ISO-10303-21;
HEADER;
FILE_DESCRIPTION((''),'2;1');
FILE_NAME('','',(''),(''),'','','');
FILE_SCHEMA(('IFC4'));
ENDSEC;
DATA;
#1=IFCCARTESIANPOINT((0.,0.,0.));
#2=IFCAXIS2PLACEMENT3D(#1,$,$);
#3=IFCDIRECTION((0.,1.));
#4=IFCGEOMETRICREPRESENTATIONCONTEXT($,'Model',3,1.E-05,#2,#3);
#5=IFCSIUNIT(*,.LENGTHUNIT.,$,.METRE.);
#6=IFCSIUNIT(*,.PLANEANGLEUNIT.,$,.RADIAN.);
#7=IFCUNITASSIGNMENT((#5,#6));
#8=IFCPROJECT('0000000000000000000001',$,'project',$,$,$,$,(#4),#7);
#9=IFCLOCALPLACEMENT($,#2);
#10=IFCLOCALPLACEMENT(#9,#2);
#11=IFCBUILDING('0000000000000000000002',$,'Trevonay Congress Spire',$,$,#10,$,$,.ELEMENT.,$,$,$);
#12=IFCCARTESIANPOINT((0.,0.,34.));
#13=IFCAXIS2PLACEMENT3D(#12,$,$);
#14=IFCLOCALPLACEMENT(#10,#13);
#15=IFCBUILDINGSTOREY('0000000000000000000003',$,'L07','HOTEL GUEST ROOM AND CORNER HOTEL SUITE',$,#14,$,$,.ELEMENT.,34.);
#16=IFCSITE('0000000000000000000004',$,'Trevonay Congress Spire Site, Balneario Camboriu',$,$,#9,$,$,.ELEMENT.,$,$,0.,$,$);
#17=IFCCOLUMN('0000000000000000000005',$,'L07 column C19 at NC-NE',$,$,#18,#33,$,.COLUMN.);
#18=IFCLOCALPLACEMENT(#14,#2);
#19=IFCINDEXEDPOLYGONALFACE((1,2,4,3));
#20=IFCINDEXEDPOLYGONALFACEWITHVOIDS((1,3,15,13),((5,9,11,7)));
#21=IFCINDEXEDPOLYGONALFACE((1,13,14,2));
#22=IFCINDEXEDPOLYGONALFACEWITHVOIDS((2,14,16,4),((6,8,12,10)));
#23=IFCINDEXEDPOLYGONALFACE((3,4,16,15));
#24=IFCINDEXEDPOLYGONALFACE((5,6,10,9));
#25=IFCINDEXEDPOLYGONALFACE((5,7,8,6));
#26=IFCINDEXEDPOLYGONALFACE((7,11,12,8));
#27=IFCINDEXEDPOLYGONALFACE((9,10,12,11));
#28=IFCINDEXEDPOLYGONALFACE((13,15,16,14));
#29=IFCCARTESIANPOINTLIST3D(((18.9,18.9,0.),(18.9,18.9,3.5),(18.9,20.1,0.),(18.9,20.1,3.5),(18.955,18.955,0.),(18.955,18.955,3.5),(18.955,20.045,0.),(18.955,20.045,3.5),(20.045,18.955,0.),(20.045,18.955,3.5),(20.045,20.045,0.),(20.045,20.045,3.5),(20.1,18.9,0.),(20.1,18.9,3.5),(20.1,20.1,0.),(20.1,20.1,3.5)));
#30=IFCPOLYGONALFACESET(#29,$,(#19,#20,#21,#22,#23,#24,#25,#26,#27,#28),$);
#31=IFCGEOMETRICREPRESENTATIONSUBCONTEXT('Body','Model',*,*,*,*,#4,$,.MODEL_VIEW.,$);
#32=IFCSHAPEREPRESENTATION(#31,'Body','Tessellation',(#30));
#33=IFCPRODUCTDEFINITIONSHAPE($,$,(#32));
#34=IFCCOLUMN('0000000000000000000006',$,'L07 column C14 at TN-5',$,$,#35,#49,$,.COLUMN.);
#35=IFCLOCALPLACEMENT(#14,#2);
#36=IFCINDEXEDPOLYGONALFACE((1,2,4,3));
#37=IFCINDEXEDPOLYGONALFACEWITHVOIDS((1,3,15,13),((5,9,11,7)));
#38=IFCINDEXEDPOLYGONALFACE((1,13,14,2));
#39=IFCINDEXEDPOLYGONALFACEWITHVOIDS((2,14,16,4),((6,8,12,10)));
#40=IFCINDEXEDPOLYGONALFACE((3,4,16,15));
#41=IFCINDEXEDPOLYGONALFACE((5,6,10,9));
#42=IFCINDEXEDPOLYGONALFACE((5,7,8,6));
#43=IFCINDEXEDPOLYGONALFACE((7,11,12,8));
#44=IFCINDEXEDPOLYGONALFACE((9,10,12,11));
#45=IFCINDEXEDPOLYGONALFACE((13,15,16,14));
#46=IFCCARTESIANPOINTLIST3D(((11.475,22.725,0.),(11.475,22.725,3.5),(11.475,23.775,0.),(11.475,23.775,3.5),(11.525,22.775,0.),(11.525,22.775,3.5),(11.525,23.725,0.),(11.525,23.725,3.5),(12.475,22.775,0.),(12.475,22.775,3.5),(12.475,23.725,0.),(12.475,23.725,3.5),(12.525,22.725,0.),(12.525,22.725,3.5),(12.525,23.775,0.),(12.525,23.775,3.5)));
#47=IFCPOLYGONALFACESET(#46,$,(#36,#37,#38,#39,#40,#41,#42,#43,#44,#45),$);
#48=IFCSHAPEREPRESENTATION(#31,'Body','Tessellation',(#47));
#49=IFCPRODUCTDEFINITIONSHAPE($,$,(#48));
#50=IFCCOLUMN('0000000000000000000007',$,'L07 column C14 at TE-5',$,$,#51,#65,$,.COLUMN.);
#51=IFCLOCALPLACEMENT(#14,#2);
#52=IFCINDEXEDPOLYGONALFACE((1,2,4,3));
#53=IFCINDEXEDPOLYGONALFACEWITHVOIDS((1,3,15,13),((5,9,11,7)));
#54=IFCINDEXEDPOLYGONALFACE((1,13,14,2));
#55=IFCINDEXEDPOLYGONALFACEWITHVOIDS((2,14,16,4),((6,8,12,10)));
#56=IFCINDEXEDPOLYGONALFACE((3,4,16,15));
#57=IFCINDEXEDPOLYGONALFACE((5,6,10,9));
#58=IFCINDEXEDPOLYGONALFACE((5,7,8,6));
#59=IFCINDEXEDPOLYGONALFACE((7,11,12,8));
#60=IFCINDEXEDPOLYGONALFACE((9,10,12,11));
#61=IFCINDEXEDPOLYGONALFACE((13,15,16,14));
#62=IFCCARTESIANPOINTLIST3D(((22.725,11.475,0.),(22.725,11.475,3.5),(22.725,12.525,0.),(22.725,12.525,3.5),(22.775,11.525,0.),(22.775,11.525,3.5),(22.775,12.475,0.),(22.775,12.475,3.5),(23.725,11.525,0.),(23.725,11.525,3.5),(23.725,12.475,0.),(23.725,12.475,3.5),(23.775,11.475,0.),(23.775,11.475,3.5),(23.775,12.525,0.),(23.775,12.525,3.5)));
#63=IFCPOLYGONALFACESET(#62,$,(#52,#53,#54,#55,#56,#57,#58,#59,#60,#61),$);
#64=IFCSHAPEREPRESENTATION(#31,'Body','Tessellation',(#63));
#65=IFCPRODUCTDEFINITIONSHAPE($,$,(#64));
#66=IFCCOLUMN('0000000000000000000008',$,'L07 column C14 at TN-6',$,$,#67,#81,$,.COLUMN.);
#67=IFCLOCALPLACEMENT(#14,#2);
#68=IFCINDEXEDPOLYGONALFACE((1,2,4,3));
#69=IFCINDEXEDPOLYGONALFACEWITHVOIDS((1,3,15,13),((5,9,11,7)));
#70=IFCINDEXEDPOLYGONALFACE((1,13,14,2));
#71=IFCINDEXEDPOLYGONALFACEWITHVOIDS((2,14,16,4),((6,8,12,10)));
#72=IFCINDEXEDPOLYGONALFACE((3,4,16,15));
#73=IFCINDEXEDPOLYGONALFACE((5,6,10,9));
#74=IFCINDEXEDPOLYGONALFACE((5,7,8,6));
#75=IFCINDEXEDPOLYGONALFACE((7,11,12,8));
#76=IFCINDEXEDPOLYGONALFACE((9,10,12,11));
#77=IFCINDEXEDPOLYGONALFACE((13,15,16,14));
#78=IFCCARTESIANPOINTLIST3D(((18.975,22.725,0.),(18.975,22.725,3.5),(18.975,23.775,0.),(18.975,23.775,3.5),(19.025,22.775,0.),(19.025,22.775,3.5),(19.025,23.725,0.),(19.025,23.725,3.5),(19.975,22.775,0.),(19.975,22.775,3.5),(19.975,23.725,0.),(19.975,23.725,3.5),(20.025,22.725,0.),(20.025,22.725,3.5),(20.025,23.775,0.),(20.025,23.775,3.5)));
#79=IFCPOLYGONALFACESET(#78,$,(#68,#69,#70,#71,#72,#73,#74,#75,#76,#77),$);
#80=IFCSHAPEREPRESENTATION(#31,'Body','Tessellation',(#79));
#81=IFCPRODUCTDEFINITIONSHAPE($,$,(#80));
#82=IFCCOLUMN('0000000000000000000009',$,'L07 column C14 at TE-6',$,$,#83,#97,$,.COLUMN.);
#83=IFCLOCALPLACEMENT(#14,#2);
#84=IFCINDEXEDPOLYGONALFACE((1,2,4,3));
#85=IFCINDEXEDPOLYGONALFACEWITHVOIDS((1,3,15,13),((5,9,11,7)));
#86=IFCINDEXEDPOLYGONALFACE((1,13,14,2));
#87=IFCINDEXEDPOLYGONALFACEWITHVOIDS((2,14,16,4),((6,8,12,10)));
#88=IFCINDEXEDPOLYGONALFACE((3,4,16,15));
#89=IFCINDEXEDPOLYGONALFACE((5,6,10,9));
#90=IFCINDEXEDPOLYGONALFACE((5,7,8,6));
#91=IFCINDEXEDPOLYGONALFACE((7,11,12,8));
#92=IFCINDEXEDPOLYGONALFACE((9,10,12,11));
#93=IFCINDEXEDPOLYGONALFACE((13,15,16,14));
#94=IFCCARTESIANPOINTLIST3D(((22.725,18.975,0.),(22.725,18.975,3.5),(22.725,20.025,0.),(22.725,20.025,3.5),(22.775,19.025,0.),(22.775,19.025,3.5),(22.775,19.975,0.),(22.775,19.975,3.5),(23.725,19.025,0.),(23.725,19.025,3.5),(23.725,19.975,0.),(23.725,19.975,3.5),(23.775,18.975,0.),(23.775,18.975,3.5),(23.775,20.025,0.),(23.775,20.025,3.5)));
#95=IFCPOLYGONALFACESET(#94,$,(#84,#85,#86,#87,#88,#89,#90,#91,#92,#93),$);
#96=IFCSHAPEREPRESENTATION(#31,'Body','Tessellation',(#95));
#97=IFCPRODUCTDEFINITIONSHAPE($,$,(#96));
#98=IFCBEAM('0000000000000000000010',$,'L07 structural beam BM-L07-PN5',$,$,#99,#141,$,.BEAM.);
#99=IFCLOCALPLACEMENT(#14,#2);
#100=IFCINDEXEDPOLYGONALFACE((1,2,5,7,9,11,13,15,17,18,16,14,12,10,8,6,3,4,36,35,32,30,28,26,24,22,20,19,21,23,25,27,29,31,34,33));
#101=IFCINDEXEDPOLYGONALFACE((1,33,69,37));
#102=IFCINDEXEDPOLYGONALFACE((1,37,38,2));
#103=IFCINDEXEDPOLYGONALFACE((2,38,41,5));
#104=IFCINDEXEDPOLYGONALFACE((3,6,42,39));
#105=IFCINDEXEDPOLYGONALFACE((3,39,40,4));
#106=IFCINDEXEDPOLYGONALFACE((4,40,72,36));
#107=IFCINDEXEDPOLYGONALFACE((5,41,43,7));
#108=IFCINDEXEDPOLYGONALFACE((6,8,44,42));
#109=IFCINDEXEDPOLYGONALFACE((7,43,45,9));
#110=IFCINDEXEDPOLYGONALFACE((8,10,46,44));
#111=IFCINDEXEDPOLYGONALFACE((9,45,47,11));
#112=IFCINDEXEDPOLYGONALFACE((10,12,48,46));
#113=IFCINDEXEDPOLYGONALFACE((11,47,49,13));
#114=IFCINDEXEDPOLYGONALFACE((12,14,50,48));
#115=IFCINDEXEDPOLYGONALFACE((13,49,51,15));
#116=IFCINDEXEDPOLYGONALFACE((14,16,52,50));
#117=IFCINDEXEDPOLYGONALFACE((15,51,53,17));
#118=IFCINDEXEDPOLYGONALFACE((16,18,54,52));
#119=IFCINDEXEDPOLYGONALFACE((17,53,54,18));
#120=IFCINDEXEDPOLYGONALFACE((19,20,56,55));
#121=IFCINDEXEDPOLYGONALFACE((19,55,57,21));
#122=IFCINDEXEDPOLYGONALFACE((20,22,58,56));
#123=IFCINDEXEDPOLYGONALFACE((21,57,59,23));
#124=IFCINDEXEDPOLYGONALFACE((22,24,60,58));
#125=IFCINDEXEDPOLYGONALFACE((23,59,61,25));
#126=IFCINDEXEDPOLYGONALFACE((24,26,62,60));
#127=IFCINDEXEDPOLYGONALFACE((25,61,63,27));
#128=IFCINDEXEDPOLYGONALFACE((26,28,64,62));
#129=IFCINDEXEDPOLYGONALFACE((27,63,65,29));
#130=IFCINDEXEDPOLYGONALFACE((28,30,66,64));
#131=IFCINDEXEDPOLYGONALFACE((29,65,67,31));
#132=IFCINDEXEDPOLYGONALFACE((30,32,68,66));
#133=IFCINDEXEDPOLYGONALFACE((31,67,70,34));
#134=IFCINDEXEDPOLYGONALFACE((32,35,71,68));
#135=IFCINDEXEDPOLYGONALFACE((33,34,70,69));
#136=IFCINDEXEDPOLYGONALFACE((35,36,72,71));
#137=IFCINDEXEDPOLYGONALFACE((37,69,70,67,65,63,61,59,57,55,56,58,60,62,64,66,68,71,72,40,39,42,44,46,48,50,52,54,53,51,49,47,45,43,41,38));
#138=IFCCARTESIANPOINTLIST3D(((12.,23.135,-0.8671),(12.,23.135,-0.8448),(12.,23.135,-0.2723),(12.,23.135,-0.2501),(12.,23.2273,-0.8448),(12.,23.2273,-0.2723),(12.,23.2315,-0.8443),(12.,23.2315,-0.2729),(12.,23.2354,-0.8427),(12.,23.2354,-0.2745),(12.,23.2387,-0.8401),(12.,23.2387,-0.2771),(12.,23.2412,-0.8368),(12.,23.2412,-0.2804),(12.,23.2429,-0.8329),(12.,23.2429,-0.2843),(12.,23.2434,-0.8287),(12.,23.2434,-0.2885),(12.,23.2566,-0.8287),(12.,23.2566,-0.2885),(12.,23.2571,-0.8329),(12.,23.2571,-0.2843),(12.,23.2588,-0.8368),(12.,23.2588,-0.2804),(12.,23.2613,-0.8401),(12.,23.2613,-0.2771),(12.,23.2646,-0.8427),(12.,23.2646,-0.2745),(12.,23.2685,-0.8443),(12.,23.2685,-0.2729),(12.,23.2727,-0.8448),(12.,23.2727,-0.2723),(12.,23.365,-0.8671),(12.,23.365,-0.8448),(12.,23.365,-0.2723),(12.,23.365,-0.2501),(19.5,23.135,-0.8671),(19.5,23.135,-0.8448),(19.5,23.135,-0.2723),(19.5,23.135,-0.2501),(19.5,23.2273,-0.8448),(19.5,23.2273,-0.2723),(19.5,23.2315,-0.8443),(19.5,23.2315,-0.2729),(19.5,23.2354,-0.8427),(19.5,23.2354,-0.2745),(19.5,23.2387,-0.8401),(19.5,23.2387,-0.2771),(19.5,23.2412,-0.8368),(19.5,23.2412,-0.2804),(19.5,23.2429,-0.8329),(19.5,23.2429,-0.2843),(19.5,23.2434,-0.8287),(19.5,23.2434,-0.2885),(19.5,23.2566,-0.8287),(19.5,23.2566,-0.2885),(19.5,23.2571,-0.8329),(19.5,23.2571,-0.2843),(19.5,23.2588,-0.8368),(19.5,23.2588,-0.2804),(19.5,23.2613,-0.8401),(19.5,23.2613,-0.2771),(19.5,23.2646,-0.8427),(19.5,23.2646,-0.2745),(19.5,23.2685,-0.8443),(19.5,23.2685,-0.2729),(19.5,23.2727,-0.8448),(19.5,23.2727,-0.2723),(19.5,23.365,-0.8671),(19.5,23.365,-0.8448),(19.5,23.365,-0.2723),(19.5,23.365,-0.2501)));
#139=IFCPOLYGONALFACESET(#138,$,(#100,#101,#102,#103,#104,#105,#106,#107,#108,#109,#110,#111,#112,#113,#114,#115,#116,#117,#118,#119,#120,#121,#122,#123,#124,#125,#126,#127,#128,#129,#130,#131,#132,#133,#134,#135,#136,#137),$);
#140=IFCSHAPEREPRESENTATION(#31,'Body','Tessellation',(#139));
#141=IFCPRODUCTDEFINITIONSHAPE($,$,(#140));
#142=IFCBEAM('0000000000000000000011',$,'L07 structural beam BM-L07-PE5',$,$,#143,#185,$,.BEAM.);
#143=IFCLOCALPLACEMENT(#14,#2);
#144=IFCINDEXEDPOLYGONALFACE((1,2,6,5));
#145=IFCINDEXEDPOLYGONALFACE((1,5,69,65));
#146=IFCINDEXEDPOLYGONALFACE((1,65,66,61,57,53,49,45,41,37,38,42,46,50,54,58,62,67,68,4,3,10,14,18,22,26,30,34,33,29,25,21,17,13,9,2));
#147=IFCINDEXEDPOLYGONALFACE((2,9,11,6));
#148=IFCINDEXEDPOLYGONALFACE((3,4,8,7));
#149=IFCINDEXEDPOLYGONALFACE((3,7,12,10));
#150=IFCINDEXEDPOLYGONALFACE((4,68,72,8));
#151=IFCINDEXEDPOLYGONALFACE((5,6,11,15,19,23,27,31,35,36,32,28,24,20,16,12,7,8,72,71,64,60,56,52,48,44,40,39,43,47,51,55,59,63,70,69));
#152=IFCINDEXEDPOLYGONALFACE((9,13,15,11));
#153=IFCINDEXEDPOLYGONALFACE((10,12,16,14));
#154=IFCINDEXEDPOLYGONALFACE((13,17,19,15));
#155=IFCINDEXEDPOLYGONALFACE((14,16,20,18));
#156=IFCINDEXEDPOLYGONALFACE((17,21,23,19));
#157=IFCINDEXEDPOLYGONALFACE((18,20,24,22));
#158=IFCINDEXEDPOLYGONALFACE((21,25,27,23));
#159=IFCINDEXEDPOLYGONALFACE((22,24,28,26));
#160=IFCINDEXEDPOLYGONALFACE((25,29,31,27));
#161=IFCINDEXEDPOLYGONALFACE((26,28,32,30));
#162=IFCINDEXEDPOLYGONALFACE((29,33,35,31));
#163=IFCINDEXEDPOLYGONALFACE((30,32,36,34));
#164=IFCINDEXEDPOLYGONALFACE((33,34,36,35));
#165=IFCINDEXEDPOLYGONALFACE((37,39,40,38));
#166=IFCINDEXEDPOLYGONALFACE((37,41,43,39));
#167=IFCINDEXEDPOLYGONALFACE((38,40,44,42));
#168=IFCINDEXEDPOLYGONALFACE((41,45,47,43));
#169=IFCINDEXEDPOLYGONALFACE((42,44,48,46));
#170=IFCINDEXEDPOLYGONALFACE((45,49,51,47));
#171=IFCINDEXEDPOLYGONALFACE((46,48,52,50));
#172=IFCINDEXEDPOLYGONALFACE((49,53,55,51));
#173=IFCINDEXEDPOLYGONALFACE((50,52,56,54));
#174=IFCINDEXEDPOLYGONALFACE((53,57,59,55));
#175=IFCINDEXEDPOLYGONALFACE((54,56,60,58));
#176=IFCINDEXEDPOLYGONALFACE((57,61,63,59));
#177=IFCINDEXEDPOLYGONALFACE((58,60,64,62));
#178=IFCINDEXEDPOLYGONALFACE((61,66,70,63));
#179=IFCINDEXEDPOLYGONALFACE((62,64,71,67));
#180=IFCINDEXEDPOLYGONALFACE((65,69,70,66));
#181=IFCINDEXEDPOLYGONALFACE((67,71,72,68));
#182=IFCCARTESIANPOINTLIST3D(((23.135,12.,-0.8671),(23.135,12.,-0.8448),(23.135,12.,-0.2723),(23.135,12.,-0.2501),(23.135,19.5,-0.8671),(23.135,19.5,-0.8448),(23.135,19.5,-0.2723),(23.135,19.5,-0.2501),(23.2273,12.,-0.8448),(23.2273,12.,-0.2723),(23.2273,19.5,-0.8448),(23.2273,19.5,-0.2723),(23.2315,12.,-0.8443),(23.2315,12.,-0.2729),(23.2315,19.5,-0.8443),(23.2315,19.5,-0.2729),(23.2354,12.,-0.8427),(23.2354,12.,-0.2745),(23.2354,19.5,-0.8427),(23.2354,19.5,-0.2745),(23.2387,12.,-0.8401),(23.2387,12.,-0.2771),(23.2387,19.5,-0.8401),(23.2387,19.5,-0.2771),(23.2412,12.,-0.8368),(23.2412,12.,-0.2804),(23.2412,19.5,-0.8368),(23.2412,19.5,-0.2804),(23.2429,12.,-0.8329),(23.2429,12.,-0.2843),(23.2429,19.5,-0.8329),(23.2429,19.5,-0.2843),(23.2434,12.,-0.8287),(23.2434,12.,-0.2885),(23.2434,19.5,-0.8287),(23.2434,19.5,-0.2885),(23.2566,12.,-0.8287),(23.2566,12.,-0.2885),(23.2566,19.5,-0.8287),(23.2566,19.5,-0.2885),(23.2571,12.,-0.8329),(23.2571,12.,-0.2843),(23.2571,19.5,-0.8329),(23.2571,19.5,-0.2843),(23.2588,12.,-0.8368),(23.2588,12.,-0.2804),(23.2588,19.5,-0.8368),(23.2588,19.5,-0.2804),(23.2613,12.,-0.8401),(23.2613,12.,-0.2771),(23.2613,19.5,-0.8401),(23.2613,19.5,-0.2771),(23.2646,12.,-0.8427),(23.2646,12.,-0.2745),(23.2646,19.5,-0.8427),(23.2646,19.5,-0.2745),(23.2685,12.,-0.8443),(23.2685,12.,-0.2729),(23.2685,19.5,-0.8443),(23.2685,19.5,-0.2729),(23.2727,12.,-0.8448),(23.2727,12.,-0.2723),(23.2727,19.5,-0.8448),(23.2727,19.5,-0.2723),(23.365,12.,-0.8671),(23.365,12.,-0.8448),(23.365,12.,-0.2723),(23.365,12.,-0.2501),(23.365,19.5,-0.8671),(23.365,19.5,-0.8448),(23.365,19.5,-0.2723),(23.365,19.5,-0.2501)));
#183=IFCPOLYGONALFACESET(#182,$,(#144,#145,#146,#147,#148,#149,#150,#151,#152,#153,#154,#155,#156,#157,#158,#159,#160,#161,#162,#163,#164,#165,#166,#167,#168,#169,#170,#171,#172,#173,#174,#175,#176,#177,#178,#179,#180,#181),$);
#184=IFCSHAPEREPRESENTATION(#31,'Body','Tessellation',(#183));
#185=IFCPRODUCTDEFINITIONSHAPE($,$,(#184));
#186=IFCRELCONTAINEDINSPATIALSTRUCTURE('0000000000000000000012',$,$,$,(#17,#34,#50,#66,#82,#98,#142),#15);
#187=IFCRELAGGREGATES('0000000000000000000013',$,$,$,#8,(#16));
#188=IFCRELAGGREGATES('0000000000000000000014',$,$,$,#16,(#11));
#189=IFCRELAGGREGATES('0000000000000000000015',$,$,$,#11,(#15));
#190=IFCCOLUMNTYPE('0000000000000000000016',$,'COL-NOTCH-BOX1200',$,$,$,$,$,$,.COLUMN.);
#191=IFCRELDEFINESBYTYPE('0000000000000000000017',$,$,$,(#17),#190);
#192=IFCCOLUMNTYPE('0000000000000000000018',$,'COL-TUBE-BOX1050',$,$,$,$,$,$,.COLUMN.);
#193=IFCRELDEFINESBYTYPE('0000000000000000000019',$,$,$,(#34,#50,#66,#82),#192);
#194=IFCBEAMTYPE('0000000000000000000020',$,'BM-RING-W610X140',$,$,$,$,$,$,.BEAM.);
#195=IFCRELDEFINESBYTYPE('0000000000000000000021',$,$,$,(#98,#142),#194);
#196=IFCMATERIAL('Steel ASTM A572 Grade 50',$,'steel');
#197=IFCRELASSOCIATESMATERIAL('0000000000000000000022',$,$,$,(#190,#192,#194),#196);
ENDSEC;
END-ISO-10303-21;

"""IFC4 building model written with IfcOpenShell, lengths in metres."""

from ifc_helpers import new_model, si_unit, direction, frame, origin, origin_2d, place, context, subcontext, project, spatial, hollow_rectangle, i_section, extrude, material, material_profile, profile_set, type_object, element, save


model = new_model("IFC4")

# Units and contexts
model_context = context("Model", 3, precision=1e-05, world=origin(), true_north=direction((0.0, 1.0)))
body_context = subcontext(model_context, "Body", "Model", "MODEL_VIEW")
ifc_project = project(units=[si_unit("LENGTHUNIT", "METRE"), si_unit("PLANEANGLEUNIT", "RADIAN")], contexts=[model_context])

# Site, building, storey
site_placement = place(None, origin())
site = spatial("IfcSite", under=ifc_project, at=site_placement, Name="Trevonay Congress Spire Site, Balneario Camboriu", CompositionType="ELEMENT", RefElevation=0.0)
building_placement = place(site_placement, origin())
building = spatial("IfcBuilding", under=site, at=building_placement, Name="Trevonay Congress Spire", CompositionType="ELEMENT")
storey_placement = place(building_placement, frame((0.0, 0.0, 34.0)))
storey = spatial("IfcBuildingStorey", under=building, at=storey_placement, Name="L07", Description="HOTEL GUEST ROOM AND CORNER HOTEL SUITE", CompositionType="ELEMENT", Elevation=34.0)

# Columns
ifc_material_1 = material(Name="Steel ASTM A572 Grade 50", Category="steel")
ifc_material_profile_1 = material_profile(ifc_material_1, hollow_rectangle(XDim=1.2, YDim=1.2, WallThickness=0.0549, at=origin_2d()), Name="BOX 1200x1200x55")
ifc_profile_set_1 = profile_set([ifc_material_profile_1], Name="Steel ASTM A572 Grade 50")
column_type_1 = type_object("IfcColumnType", Name="COL-NOTCH-BOX1200", PredefinedType="COLUMN", material=ifc_profile_set_1)
column_placement = place(storey_placement, frame((19.5, 19.5, 0.0), z_axis=(0.0, 0.0, 1.0), x_axis=(1.0, 0.0, 0.0)))
element("IfcColumn", 1, at=column_placement, inside=storey, type_object=column_type_1, Name="L07 column C19 at NC-NE", PredefinedType="COLUMN", context=body_context, shape_type="SweptSolid", body=[
    extrude(hollow_rectangle(XDim=1.2, YDim=1.2, WallThickness=0.0549, at=origin_2d()), origin(), (0.0, 0.0, 1.0), 3.5),
])
ifc_material_profile_2 = material_profile(ifc_material_1, hollow_rectangle(XDim=1.05, YDim=1.05, WallThickness=0.05, at=origin_2d()), Name="BOX 1050x1050x50")
ifc_profile_set_2 = profile_set([ifc_material_profile_2], Name="Steel ASTM A572 Grade 50")
column_type_2 = type_object("IfcColumnType", Name="COL-TUBE-BOX1050", PredefinedType="COLUMN", material=ifc_profile_set_2)
for number, where, z_axis, x_axis, name in (
    (2, (12.0, 23.25, 0.0), (0.0, 0.0, 1.0), (1.0, 0.0, 0.0), "L07 column C14 at TN-5"),
    (3, (23.25, 12.0, 0.0), (0.0, 0.0, 1.0), (1.0, 0.0, 0.0), "L07 column C14 at TE-5"),
    (4, (19.5, 23.25, 0.0), (0.0, 0.0, 1.0), (1.0, 0.0, 0.0), "L07 column C14 at TN-6"),
    (5, (23.25, 19.5, 0.0), (0.0, 0.0, 1.0), (1.0, 0.0, 0.0), "L07 column C14 at TE-6"),
):
    element("IfcColumn", number, at=place(storey_placement, frame(where, z_axis=z_axis, x_axis=x_axis)), inside=storey, type_object=column_type_2, Name=name, PredefinedType="COLUMN", context=body_context, shape_type="SweptSolid", body=[
        extrude(hollow_rectangle(XDim=1.05, YDim=1.05, WallThickness=0.05, at=origin_2d()), origin(), (0.0, 0.0, 1.0), 3.5),
    ])

# Beams
ifc_material_profile_3 = material_profile(ifc_material_1, i_section(OverallWidth=0.23, OverallDepth=0.6169, WebThickness=0.0132, FlangeThickness=0.0222, FilletRadius=0.0161, at=origin_2d()), Name="W610x140")
ifc_profile_set_3 = profile_set([ifc_material_profile_3], Name="Steel ASTM A572 Grade 50")
beam_type = type_object("IfcBeamType", Name="BM-RING-W610X140", PredefinedType="BEAM", material=ifc_profile_set_3)
for number, where, z_axis, x_axis, name in (
    (6, (12.0, 23.25, -0.5586), (1.0, 0.0, 0.0), (0.0, 1.0, 0.0), "L07 structural beam BM-L07-PN5"),
    (7, (23.25, 12.0, -0.5586), (0.0, 1.0, 0.0), (-1.0, 0.0, 0.0), "L07 structural beam BM-L07-PE5"),
):
    element("IfcBeam", number, at=place(storey_placement, frame(where, z_axis=z_axis, x_axis=x_axis)), inside=storey, type_object=beam_type, Name=name, PredefinedType="BEAM", context=body_context, shape_type="SweptSolid", body=[
        extrude(i_section(OverallWidth=0.23, OverallDepth=0.6169, WebThickness=0.0132, FlangeThickness=0.0222, FilletRadius=0.0161, at=origin_2d()), origin(), (0.0, 0.0, 1.0), 7.5),
    ])

save(model, "model.ifc")
